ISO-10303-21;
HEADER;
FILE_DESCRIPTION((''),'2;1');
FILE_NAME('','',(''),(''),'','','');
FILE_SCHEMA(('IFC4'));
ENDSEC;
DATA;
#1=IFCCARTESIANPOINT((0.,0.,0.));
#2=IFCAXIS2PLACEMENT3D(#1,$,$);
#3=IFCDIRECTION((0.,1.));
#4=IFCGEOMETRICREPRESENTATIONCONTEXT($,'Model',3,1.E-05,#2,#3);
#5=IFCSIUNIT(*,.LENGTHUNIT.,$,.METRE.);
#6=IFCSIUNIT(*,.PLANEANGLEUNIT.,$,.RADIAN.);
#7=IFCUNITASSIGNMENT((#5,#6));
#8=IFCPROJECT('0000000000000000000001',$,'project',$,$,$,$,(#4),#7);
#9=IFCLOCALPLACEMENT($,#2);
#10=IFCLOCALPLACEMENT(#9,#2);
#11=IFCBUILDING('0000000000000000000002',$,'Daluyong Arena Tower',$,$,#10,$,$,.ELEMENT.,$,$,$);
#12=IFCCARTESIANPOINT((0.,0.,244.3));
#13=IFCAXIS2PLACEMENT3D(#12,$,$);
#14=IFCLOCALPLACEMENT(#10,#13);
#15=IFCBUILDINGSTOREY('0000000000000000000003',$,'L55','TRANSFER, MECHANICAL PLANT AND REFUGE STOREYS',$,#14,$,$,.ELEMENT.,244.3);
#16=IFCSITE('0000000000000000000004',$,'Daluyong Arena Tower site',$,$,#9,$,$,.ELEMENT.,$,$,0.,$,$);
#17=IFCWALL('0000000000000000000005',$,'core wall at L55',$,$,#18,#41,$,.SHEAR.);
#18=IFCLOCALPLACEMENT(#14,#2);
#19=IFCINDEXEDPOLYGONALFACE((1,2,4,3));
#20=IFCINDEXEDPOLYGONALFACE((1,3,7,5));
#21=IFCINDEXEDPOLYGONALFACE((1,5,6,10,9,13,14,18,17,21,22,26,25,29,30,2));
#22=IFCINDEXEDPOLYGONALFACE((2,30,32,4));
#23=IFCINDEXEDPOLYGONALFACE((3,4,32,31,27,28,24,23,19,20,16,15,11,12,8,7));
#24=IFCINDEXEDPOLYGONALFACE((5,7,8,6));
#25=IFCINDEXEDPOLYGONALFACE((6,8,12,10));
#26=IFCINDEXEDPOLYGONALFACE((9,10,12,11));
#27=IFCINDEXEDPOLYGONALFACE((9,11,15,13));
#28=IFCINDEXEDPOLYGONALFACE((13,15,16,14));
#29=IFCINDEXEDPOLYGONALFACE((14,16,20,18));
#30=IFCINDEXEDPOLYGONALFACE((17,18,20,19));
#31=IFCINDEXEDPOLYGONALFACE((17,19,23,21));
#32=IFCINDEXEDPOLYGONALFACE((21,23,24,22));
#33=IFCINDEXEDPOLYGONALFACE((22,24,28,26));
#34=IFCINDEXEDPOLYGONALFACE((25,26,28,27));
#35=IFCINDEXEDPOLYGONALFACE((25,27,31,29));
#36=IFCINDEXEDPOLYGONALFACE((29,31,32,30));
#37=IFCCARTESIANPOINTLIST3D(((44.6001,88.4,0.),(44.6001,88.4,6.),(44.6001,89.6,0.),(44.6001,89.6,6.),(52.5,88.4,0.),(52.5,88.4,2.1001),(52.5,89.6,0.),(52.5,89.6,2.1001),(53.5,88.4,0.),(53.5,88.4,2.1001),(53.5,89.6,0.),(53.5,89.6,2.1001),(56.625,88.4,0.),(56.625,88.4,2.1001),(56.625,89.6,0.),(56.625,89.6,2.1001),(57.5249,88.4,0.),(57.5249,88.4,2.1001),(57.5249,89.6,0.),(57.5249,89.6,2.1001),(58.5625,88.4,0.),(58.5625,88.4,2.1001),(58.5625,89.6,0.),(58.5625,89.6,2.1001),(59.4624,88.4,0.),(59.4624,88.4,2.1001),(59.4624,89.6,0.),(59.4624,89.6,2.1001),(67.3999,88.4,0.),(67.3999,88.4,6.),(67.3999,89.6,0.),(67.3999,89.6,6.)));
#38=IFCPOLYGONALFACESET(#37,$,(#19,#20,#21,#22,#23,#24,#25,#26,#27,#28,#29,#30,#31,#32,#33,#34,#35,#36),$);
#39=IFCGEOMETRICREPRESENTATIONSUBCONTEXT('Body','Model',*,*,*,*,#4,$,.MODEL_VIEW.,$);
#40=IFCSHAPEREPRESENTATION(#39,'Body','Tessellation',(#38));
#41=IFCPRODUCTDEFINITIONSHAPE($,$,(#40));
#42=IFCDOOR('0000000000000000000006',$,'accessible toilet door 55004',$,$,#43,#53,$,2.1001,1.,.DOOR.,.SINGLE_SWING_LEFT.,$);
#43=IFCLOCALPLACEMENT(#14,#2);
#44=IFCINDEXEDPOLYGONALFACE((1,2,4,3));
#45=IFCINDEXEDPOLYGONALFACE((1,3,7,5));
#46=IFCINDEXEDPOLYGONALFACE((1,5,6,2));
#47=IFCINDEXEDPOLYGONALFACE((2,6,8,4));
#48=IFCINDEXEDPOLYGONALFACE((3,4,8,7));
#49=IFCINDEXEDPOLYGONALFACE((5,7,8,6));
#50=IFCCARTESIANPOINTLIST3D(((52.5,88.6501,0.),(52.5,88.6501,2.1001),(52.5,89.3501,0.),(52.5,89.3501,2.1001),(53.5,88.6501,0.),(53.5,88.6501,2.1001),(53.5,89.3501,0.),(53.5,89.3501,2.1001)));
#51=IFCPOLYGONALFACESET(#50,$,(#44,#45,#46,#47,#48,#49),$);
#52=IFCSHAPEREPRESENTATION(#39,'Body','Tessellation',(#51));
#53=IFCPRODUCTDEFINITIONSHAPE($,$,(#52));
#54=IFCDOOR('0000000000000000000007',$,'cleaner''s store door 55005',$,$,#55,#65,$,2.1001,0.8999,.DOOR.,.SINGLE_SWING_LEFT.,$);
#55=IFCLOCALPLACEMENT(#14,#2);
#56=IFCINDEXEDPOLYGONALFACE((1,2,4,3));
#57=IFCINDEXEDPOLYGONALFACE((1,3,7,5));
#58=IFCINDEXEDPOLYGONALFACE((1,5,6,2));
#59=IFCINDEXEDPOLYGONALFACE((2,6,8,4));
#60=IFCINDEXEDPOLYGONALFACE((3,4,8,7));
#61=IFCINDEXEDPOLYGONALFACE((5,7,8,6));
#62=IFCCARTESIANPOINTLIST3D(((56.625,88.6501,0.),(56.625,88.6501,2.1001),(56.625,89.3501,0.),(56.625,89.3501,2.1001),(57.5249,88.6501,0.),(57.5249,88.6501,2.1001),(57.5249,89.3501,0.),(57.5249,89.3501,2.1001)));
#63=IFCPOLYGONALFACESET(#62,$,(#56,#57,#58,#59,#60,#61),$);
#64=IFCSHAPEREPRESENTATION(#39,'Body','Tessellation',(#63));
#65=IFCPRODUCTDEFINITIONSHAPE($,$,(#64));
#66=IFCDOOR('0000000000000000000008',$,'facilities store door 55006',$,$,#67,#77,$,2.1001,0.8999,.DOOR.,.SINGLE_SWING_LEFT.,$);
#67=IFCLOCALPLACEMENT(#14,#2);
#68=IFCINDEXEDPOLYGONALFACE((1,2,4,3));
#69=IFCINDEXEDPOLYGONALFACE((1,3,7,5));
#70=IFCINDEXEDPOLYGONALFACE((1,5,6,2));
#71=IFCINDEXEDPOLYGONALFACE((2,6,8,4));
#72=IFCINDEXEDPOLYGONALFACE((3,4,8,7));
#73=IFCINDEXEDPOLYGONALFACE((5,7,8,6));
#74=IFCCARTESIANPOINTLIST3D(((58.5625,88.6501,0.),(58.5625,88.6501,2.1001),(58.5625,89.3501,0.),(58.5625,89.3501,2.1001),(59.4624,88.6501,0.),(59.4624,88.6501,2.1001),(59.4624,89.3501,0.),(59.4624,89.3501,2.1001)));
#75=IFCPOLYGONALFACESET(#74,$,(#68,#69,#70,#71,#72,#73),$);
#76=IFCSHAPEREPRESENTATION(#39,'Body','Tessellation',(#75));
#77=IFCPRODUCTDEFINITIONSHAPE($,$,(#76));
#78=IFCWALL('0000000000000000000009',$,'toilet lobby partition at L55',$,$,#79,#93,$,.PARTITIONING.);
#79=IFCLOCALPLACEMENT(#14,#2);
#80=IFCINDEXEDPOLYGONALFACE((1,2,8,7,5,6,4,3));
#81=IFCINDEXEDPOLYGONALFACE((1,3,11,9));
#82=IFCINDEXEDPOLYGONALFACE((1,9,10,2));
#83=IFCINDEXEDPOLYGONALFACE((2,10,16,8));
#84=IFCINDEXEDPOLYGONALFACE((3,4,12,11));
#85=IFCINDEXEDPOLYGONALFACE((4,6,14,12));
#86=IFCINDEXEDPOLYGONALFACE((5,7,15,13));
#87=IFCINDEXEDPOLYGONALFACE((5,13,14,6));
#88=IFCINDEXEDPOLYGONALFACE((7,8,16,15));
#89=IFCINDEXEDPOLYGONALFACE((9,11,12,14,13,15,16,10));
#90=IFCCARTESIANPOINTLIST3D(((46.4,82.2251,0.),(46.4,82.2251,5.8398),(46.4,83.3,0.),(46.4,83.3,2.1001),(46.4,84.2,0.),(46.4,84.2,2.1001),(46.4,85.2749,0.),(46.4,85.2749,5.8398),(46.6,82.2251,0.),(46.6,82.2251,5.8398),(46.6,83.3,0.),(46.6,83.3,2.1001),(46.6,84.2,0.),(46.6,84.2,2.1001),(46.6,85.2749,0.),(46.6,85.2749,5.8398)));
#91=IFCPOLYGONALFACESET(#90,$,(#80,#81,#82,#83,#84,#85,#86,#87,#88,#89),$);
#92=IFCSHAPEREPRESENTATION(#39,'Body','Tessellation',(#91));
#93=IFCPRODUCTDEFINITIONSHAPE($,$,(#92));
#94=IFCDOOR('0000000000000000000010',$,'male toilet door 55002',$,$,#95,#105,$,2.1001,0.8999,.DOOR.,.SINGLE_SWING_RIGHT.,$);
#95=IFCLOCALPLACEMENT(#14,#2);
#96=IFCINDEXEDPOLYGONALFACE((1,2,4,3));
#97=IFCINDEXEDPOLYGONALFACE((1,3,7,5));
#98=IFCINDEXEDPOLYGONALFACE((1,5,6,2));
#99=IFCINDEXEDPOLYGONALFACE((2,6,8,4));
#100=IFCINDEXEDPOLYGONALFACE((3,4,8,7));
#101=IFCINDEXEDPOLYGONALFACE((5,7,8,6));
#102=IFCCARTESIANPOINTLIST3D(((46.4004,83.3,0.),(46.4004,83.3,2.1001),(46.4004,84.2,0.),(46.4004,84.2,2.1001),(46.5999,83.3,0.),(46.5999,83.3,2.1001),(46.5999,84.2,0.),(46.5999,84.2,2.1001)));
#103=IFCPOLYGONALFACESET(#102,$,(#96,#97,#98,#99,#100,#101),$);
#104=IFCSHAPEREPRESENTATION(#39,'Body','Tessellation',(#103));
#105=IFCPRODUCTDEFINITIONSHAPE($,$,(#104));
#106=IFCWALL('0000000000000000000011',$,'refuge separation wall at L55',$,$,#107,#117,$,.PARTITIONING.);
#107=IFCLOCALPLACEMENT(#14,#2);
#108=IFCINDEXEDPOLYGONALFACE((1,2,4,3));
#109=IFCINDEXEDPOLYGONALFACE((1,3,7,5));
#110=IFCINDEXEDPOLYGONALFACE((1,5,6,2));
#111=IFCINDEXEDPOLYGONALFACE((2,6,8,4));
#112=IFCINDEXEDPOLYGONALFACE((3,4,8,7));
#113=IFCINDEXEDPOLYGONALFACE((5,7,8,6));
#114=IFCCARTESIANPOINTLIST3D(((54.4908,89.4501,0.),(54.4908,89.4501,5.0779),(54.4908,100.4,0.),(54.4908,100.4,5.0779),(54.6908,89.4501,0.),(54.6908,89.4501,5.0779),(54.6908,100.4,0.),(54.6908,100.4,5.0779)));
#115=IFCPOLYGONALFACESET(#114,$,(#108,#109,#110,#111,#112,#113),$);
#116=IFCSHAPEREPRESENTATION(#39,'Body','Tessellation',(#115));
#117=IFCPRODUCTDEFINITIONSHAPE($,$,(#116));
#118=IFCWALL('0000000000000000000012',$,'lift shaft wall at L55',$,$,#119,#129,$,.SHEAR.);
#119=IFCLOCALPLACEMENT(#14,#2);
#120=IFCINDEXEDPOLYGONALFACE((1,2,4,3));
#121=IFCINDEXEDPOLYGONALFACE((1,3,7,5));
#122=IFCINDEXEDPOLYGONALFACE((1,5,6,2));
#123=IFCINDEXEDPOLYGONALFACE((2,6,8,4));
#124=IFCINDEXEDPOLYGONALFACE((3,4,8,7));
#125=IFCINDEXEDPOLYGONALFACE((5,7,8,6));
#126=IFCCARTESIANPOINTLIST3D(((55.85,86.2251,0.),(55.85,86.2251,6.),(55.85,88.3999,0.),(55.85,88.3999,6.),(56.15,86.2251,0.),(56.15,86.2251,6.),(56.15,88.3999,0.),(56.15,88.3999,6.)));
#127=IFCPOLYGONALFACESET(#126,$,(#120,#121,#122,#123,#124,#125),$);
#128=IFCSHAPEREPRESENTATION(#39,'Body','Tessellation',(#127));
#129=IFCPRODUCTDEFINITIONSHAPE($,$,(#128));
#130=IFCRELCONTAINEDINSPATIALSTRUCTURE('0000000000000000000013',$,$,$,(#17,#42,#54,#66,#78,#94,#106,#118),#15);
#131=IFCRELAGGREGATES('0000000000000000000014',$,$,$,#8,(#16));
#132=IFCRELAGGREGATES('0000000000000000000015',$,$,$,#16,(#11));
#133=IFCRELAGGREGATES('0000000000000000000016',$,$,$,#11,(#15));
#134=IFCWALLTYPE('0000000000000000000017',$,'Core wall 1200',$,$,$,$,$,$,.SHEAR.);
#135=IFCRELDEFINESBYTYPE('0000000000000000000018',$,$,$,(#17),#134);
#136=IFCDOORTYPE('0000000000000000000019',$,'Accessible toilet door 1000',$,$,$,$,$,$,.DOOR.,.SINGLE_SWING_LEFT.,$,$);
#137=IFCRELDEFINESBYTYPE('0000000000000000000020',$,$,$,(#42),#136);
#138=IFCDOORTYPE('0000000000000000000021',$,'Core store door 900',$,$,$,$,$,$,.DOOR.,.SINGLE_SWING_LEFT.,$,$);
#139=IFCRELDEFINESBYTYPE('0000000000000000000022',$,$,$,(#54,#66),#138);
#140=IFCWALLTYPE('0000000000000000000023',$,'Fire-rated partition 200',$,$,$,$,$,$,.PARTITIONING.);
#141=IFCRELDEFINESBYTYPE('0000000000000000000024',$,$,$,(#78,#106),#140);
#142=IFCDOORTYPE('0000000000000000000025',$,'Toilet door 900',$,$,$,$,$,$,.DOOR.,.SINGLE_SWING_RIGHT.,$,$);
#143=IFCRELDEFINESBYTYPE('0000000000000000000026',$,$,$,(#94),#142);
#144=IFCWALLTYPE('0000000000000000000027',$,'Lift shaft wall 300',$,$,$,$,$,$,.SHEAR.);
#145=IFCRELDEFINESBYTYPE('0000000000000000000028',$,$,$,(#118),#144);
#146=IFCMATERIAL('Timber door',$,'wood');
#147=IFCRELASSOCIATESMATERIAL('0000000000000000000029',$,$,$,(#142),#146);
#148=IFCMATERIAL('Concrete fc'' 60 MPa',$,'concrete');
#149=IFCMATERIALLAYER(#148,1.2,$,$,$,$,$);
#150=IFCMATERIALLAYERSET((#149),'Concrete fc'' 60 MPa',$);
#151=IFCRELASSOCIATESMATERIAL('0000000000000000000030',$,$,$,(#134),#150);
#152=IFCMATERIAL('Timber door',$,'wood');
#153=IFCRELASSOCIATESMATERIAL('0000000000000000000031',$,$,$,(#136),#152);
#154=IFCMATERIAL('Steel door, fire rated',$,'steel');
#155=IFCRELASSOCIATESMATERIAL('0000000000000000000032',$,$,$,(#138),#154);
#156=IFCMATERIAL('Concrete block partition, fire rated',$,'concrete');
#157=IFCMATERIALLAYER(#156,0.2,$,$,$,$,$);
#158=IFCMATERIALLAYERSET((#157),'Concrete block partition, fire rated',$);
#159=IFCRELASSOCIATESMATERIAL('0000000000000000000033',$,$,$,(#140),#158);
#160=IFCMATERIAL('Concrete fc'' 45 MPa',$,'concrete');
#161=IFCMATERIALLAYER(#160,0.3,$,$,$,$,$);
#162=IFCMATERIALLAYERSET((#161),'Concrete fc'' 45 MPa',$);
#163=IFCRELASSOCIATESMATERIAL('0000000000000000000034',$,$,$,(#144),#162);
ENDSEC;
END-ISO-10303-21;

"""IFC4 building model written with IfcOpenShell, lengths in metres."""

from ifc_helpers import new_model, si_unit, direction, frame, frame_2d, origin, place, context, subcontext, project, spatial, rectangle, extrude, material, layer, layer_set, type_object, element, fill, save


model = new_model("IFC4")

# Units and contexts
model_context = context("Model", 3, precision=1e-05, world=origin(), true_north=direction((0.0, 1.0)))
body_context = subcontext(model_context, "Body", "Model", "MODEL_VIEW")
ifc_project = project(units=[si_unit("LENGTHUNIT", "METRE"), si_unit("PLANEANGLEUNIT", "RADIAN")], contexts=[model_context])

# Site, building, storey
site_placement = place(None, origin())
site = spatial("IfcSite", under=ifc_project, at=site_placement, Name="Daluyong Arena Tower site", CompositionType="ELEMENT", RefElevation=0.0)
building_placement = place(site_placement, origin())
building = spatial("IfcBuilding", under=site, at=building_placement, Name="Daluyong Arena Tower", CompositionType="ELEMENT")
storey_placement = place(building_placement, frame((0.0, 0.0, 244.3)))
storey = spatial("IfcBuildingStorey", under=building, at=storey_placement, Name="L55", Description="TRANSFER, MECHANICAL PLANT AND REFUGE STOREYS", CompositionType="ELEMENT", Elevation=244.3)

# Shared definitions
ifc_material_1 = material(Name="Timber door", Category="wood")
door_type_1 = type_object("IfcDoorType", Name="Toilet door 900", OperationType="SINGLE_SWING_RIGHT", PredefinedType="DOOR", material=ifc_material_1)

# Wall, openings, doors
ifc_material_2 = material(Name="Concrete fc' 60 MPa", Category="concrete")
ifc_layer_1 = layer(ifc_material_2, 1.2)
ifc_layer_set_1 = layer_set([ifc_layer_1], Name="Concrete fc' 60 MPa")
wall_type_1 = type_object("IfcWallType", Name="Core wall 1200", PredefinedType="SHEAR", material=ifc_layer_set_1)
wall_1_placement = place(storey_placement, frame((44.6001, 89.0, 0.0), z_axis=(0.0, 0.0, 1.0), x_axis=(1.0, 0.0, 0.0)))
wall_1 = element("IfcWall", 1, at=wall_1_placement, inside=storey, type_object=wall_type_1, Name="core wall at L55", PredefinedType="SHEAR", context=body_context, shape_type="SweptSolid", body=[
    extrude(rectangle(XDim=22.7998, YDim=1.2, at=frame_2d((11.3999, 0.0))), origin(), (0.0, 0.0, 1.0), 6.0),
])
opening_1_placement = place(wall_1_placement, frame((7.8999, 0.0, 0.0)))
opening_1 = element("IfcOpeningElement", 2, at=opening_1_placement, cuts=wall_1, PredefinedType="OPENING", context=body_context, shape_type="SweptSolid", body=[
    extrude(rectangle(XDim=1.0, YDim=2.1001, at=frame_2d((0.5, 1.05))), frame((0.0, 0.6099, 0.0), z_axis=(0.0, -1.0, 0.0), x_axis=(1.0, 0.0, 0.0)), (0.0, 0.0, 1.0), 1.22),
])
opening_2_placement = place(wall_1_placement, frame((12.0249, 0.0, 0.0)))
opening_2 = element("IfcOpeningElement", 3, at=opening_2_placement, cuts=wall_1, PredefinedType="OPENING", context=body_context, shape_type="SweptSolid", body=[
    extrude(rectangle(XDim=0.8999, YDim=2.1001, at=frame_2d((0.45, 1.05))), frame((0.0, 0.6099, 0.0), z_axis=(0.0, -1.0, 0.0), x_axis=(1.0, 0.0, 0.0)), (0.0, 0.0, 1.0), 1.22),
])
opening_3_placement = place(wall_1_placement, frame((13.9624, 0.0, 0.0)))
opening_3 = element("IfcOpeningElement", 4, at=opening_3_placement, cuts=wall_1, PredefinedType="OPENING", context=body_context, shape_type="SweptSolid", body=[
    extrude(rectangle(XDim=0.8999, YDim=2.1001, at=frame_2d((0.45, 1.05))), frame((0.0, 0.6099, 0.0), z_axis=(0.0, -1.0, 0.0), x_axis=(1.0, 0.0, 0.0)), (0.0, 0.0, 1.0), 1.22),
])
ifc_material_3 = material(Name="Timber door", Category="wood")
door_type_2 = type_object("IfcDoorType", Name="Accessible toilet door 1000", OperationType="SINGLE_SWING_LEFT", PredefinedType="DOOR", material=ifc_material_3)
door_1_placement = place(opening_1_placement, origin())
door_1 = element("IfcDoor", 5, at=door_1_placement, inside=storey, type_object=door_type_2, Name="accessible toilet door 55004", OperationType="SINGLE_SWING_LEFT", OverallHeight=2.1001, OverallWidth=1.0, PredefinedType="DOOR", context=body_context, shape_type="SweptSolid", body=[
    extrude(rectangle(XDim=1.0, YDim=2.1001, at=frame_2d((0.5, 1.05))), frame((0.0, 0.3501, 0.0), z_axis=(0.0, -1.0, 0.0), x_axis=(1.0, 0.0, 0.0)), (0.0, 0.0, 1.0), 0.7),
])
fill(opening_1, door_1)
ifc_material_4 = material(Name="Steel door, fire rated", Category="steel")
door_type_3 = type_object("IfcDoorType", Name="Core store door 900", OperationType="SINGLE_SWING_LEFT", PredefinedType="DOOR", material=ifc_material_4)
door_2_placement = place(opening_2_placement, origin())
door_2 = element("IfcDoor", 6, at=door_2_placement, inside=storey, type_object=door_type_3, Name="cleaner's store door 55005", OperationType="SINGLE_SWING_LEFT", OverallHeight=2.1001, OverallWidth=0.8999, PredefinedType="DOOR", context=body_context, shape_type="SweptSolid", body=[
    extrude(rectangle(XDim=0.8999, YDim=2.1001, at=frame_2d((0.45, 1.05))), frame((0.0, 0.3501, 0.0), z_axis=(0.0, -1.0, 0.0), x_axis=(1.0, 0.0, 0.0)), (0.0, 0.0, 1.0), 0.7),
])
fill(opening_2, door_2)
door_3_placement = place(opening_3_placement, origin())
door_3 = element("IfcDoor", 7, at=door_3_placement, inside=storey, type_object=door_type_3, Name="facilities store door 55006", OperationType="SINGLE_SWING_LEFT", OverallHeight=2.1001, OverallWidth=0.8999, PredefinedType="DOOR", context=body_context, shape_type="SweptSolid", body=[
    extrude(rectangle(XDim=0.8999, YDim=2.1001, at=frame_2d((0.45, 1.05))), frame((0.0, 0.3501, 0.0), z_axis=(0.0, -1.0, 0.0), x_axis=(1.0, 0.0, 0.0)), (0.0, 0.0, 1.0), 0.7),
])
fill(opening_3, door_3)

# Wall, opening, door
ifc_material_5 = material(Name="Concrete block partition, fire rated", Category="concrete")
ifc_layer_2 = layer(ifc_material_5, 0.2)
ifc_layer_set_2 = layer_set([ifc_layer_2], Name="Concrete block partition, fire rated")
wall_type_2 = type_object("IfcWallType", Name="Fire-rated partition 200", PredefinedType="PARTITIONING", material=ifc_layer_set_2)
wall_2_placement = place(storey_placement, frame((46.5, 82.2251, 0.0), z_axis=(0.0, 0.0, 1.0), x_axis=(0.0, 1.0, 0.0)))
wall_2 = element("IfcWall", 8, at=wall_2_placement, inside=storey, type_object=wall_type_2, Name="toilet lobby partition at L55", PredefinedType="PARTITIONING", context=body_context, shape_type="SweptSolid", body=[
    extrude(rectangle(XDim=3.0498, YDim=0.2, at=frame_2d((1.5249, 0.0))), origin(), (0.0, 0.0, 1.0), 5.8398),
])
opening_4_placement = place(wall_2_placement, frame((1.075, 0.0, 0.0)))
opening_4 = element("IfcOpeningElement", 9, at=opening_4_placement, cuts=wall_2, PredefinedType="OPENING", context=body_context, shape_type="SweptSolid", body=[
    extrude(rectangle(XDim=0.8999, YDim=2.1001, at=frame_2d((0.45, 1.05))), frame((0.0, 0.1099, 0.0), z_axis=(0.0, -1.0, 0.0), x_axis=(1.0, 0.0, 0.0)), (0.0, 0.0, 1.0), 0.22),
])
door_4_placement = place(opening_4_placement, origin())
door_4 = element("IfcDoor", 10, at=door_4_placement, inside=storey, type_object=door_type_1, Name="male toilet door 55002", OperationType="SINGLE_SWING_RIGHT", OverallHeight=2.1001, OverallWidth=0.8999, PredefinedType="DOOR", context=body_context, shape_type="SweptSolid", body=[
    extrude(rectangle(XDim=0.8999, YDim=2.1001, at=frame_2d((0.45, 1.05))), frame((0.0, 0.0996, 0.0), z_axis=(0.0, -1.0, 0.0), x_axis=(1.0, 0.0, 0.0)), (0.0, 0.0, 1.0), 0.1995),
])
fill(opening_4, door_4)

# Walls
wall_3_placement = place(storey_placement, frame((54.5908, 89.45, 0.0), z_axis=(0.0, 0.0, 1.0), x_axis=(0.0, 1.0, 0.0)))
element("IfcWall", 11, at=wall_3_placement, inside=storey, type_object=wall_type_2, Name="refuge separation wall at L55", PredefinedType="PARTITIONING", context=body_context, shape_type="SweptSolid", body=[
    extrude(rectangle(XDim=10.95, YDim=0.2, at=frame_2d((5.4751, 0.0))), origin(), (0.0, 0.0, 1.0), 5.0779),
])
ifc_material_6 = material(Name="Concrete fc' 45 MPa", Category="concrete")
ifc_layer_3 = layer(ifc_material_6, 0.3)
ifc_layer_set_3 = layer_set([ifc_layer_3], Name="Concrete fc' 45 MPa")
wall_type_3 = type_object("IfcWallType", Name="Lift shaft wall 300", PredefinedType="SHEAR", material=ifc_layer_set_3)
wall_4_placement = place(storey_placement, frame((56.0, 86.2251, 0.0), z_axis=(0.0, 0.0, 1.0), x_axis=(0.0, 1.0, 0.0)))
element("IfcWall", 12, at=wall_4_placement, inside=storey, type_object=wall_type_3, Name="lift shaft wall at L55", PredefinedType="SHEAR", context=body_context, shape_type="SweptSolid", body=[
    extrude(rectangle(XDim=2.1748, YDim=0.3, at=frame_2d((1.0874, 0.0))), origin(), (0.0, 0.0, 1.0), 6.0),
])

save(model, "model.ifc")
